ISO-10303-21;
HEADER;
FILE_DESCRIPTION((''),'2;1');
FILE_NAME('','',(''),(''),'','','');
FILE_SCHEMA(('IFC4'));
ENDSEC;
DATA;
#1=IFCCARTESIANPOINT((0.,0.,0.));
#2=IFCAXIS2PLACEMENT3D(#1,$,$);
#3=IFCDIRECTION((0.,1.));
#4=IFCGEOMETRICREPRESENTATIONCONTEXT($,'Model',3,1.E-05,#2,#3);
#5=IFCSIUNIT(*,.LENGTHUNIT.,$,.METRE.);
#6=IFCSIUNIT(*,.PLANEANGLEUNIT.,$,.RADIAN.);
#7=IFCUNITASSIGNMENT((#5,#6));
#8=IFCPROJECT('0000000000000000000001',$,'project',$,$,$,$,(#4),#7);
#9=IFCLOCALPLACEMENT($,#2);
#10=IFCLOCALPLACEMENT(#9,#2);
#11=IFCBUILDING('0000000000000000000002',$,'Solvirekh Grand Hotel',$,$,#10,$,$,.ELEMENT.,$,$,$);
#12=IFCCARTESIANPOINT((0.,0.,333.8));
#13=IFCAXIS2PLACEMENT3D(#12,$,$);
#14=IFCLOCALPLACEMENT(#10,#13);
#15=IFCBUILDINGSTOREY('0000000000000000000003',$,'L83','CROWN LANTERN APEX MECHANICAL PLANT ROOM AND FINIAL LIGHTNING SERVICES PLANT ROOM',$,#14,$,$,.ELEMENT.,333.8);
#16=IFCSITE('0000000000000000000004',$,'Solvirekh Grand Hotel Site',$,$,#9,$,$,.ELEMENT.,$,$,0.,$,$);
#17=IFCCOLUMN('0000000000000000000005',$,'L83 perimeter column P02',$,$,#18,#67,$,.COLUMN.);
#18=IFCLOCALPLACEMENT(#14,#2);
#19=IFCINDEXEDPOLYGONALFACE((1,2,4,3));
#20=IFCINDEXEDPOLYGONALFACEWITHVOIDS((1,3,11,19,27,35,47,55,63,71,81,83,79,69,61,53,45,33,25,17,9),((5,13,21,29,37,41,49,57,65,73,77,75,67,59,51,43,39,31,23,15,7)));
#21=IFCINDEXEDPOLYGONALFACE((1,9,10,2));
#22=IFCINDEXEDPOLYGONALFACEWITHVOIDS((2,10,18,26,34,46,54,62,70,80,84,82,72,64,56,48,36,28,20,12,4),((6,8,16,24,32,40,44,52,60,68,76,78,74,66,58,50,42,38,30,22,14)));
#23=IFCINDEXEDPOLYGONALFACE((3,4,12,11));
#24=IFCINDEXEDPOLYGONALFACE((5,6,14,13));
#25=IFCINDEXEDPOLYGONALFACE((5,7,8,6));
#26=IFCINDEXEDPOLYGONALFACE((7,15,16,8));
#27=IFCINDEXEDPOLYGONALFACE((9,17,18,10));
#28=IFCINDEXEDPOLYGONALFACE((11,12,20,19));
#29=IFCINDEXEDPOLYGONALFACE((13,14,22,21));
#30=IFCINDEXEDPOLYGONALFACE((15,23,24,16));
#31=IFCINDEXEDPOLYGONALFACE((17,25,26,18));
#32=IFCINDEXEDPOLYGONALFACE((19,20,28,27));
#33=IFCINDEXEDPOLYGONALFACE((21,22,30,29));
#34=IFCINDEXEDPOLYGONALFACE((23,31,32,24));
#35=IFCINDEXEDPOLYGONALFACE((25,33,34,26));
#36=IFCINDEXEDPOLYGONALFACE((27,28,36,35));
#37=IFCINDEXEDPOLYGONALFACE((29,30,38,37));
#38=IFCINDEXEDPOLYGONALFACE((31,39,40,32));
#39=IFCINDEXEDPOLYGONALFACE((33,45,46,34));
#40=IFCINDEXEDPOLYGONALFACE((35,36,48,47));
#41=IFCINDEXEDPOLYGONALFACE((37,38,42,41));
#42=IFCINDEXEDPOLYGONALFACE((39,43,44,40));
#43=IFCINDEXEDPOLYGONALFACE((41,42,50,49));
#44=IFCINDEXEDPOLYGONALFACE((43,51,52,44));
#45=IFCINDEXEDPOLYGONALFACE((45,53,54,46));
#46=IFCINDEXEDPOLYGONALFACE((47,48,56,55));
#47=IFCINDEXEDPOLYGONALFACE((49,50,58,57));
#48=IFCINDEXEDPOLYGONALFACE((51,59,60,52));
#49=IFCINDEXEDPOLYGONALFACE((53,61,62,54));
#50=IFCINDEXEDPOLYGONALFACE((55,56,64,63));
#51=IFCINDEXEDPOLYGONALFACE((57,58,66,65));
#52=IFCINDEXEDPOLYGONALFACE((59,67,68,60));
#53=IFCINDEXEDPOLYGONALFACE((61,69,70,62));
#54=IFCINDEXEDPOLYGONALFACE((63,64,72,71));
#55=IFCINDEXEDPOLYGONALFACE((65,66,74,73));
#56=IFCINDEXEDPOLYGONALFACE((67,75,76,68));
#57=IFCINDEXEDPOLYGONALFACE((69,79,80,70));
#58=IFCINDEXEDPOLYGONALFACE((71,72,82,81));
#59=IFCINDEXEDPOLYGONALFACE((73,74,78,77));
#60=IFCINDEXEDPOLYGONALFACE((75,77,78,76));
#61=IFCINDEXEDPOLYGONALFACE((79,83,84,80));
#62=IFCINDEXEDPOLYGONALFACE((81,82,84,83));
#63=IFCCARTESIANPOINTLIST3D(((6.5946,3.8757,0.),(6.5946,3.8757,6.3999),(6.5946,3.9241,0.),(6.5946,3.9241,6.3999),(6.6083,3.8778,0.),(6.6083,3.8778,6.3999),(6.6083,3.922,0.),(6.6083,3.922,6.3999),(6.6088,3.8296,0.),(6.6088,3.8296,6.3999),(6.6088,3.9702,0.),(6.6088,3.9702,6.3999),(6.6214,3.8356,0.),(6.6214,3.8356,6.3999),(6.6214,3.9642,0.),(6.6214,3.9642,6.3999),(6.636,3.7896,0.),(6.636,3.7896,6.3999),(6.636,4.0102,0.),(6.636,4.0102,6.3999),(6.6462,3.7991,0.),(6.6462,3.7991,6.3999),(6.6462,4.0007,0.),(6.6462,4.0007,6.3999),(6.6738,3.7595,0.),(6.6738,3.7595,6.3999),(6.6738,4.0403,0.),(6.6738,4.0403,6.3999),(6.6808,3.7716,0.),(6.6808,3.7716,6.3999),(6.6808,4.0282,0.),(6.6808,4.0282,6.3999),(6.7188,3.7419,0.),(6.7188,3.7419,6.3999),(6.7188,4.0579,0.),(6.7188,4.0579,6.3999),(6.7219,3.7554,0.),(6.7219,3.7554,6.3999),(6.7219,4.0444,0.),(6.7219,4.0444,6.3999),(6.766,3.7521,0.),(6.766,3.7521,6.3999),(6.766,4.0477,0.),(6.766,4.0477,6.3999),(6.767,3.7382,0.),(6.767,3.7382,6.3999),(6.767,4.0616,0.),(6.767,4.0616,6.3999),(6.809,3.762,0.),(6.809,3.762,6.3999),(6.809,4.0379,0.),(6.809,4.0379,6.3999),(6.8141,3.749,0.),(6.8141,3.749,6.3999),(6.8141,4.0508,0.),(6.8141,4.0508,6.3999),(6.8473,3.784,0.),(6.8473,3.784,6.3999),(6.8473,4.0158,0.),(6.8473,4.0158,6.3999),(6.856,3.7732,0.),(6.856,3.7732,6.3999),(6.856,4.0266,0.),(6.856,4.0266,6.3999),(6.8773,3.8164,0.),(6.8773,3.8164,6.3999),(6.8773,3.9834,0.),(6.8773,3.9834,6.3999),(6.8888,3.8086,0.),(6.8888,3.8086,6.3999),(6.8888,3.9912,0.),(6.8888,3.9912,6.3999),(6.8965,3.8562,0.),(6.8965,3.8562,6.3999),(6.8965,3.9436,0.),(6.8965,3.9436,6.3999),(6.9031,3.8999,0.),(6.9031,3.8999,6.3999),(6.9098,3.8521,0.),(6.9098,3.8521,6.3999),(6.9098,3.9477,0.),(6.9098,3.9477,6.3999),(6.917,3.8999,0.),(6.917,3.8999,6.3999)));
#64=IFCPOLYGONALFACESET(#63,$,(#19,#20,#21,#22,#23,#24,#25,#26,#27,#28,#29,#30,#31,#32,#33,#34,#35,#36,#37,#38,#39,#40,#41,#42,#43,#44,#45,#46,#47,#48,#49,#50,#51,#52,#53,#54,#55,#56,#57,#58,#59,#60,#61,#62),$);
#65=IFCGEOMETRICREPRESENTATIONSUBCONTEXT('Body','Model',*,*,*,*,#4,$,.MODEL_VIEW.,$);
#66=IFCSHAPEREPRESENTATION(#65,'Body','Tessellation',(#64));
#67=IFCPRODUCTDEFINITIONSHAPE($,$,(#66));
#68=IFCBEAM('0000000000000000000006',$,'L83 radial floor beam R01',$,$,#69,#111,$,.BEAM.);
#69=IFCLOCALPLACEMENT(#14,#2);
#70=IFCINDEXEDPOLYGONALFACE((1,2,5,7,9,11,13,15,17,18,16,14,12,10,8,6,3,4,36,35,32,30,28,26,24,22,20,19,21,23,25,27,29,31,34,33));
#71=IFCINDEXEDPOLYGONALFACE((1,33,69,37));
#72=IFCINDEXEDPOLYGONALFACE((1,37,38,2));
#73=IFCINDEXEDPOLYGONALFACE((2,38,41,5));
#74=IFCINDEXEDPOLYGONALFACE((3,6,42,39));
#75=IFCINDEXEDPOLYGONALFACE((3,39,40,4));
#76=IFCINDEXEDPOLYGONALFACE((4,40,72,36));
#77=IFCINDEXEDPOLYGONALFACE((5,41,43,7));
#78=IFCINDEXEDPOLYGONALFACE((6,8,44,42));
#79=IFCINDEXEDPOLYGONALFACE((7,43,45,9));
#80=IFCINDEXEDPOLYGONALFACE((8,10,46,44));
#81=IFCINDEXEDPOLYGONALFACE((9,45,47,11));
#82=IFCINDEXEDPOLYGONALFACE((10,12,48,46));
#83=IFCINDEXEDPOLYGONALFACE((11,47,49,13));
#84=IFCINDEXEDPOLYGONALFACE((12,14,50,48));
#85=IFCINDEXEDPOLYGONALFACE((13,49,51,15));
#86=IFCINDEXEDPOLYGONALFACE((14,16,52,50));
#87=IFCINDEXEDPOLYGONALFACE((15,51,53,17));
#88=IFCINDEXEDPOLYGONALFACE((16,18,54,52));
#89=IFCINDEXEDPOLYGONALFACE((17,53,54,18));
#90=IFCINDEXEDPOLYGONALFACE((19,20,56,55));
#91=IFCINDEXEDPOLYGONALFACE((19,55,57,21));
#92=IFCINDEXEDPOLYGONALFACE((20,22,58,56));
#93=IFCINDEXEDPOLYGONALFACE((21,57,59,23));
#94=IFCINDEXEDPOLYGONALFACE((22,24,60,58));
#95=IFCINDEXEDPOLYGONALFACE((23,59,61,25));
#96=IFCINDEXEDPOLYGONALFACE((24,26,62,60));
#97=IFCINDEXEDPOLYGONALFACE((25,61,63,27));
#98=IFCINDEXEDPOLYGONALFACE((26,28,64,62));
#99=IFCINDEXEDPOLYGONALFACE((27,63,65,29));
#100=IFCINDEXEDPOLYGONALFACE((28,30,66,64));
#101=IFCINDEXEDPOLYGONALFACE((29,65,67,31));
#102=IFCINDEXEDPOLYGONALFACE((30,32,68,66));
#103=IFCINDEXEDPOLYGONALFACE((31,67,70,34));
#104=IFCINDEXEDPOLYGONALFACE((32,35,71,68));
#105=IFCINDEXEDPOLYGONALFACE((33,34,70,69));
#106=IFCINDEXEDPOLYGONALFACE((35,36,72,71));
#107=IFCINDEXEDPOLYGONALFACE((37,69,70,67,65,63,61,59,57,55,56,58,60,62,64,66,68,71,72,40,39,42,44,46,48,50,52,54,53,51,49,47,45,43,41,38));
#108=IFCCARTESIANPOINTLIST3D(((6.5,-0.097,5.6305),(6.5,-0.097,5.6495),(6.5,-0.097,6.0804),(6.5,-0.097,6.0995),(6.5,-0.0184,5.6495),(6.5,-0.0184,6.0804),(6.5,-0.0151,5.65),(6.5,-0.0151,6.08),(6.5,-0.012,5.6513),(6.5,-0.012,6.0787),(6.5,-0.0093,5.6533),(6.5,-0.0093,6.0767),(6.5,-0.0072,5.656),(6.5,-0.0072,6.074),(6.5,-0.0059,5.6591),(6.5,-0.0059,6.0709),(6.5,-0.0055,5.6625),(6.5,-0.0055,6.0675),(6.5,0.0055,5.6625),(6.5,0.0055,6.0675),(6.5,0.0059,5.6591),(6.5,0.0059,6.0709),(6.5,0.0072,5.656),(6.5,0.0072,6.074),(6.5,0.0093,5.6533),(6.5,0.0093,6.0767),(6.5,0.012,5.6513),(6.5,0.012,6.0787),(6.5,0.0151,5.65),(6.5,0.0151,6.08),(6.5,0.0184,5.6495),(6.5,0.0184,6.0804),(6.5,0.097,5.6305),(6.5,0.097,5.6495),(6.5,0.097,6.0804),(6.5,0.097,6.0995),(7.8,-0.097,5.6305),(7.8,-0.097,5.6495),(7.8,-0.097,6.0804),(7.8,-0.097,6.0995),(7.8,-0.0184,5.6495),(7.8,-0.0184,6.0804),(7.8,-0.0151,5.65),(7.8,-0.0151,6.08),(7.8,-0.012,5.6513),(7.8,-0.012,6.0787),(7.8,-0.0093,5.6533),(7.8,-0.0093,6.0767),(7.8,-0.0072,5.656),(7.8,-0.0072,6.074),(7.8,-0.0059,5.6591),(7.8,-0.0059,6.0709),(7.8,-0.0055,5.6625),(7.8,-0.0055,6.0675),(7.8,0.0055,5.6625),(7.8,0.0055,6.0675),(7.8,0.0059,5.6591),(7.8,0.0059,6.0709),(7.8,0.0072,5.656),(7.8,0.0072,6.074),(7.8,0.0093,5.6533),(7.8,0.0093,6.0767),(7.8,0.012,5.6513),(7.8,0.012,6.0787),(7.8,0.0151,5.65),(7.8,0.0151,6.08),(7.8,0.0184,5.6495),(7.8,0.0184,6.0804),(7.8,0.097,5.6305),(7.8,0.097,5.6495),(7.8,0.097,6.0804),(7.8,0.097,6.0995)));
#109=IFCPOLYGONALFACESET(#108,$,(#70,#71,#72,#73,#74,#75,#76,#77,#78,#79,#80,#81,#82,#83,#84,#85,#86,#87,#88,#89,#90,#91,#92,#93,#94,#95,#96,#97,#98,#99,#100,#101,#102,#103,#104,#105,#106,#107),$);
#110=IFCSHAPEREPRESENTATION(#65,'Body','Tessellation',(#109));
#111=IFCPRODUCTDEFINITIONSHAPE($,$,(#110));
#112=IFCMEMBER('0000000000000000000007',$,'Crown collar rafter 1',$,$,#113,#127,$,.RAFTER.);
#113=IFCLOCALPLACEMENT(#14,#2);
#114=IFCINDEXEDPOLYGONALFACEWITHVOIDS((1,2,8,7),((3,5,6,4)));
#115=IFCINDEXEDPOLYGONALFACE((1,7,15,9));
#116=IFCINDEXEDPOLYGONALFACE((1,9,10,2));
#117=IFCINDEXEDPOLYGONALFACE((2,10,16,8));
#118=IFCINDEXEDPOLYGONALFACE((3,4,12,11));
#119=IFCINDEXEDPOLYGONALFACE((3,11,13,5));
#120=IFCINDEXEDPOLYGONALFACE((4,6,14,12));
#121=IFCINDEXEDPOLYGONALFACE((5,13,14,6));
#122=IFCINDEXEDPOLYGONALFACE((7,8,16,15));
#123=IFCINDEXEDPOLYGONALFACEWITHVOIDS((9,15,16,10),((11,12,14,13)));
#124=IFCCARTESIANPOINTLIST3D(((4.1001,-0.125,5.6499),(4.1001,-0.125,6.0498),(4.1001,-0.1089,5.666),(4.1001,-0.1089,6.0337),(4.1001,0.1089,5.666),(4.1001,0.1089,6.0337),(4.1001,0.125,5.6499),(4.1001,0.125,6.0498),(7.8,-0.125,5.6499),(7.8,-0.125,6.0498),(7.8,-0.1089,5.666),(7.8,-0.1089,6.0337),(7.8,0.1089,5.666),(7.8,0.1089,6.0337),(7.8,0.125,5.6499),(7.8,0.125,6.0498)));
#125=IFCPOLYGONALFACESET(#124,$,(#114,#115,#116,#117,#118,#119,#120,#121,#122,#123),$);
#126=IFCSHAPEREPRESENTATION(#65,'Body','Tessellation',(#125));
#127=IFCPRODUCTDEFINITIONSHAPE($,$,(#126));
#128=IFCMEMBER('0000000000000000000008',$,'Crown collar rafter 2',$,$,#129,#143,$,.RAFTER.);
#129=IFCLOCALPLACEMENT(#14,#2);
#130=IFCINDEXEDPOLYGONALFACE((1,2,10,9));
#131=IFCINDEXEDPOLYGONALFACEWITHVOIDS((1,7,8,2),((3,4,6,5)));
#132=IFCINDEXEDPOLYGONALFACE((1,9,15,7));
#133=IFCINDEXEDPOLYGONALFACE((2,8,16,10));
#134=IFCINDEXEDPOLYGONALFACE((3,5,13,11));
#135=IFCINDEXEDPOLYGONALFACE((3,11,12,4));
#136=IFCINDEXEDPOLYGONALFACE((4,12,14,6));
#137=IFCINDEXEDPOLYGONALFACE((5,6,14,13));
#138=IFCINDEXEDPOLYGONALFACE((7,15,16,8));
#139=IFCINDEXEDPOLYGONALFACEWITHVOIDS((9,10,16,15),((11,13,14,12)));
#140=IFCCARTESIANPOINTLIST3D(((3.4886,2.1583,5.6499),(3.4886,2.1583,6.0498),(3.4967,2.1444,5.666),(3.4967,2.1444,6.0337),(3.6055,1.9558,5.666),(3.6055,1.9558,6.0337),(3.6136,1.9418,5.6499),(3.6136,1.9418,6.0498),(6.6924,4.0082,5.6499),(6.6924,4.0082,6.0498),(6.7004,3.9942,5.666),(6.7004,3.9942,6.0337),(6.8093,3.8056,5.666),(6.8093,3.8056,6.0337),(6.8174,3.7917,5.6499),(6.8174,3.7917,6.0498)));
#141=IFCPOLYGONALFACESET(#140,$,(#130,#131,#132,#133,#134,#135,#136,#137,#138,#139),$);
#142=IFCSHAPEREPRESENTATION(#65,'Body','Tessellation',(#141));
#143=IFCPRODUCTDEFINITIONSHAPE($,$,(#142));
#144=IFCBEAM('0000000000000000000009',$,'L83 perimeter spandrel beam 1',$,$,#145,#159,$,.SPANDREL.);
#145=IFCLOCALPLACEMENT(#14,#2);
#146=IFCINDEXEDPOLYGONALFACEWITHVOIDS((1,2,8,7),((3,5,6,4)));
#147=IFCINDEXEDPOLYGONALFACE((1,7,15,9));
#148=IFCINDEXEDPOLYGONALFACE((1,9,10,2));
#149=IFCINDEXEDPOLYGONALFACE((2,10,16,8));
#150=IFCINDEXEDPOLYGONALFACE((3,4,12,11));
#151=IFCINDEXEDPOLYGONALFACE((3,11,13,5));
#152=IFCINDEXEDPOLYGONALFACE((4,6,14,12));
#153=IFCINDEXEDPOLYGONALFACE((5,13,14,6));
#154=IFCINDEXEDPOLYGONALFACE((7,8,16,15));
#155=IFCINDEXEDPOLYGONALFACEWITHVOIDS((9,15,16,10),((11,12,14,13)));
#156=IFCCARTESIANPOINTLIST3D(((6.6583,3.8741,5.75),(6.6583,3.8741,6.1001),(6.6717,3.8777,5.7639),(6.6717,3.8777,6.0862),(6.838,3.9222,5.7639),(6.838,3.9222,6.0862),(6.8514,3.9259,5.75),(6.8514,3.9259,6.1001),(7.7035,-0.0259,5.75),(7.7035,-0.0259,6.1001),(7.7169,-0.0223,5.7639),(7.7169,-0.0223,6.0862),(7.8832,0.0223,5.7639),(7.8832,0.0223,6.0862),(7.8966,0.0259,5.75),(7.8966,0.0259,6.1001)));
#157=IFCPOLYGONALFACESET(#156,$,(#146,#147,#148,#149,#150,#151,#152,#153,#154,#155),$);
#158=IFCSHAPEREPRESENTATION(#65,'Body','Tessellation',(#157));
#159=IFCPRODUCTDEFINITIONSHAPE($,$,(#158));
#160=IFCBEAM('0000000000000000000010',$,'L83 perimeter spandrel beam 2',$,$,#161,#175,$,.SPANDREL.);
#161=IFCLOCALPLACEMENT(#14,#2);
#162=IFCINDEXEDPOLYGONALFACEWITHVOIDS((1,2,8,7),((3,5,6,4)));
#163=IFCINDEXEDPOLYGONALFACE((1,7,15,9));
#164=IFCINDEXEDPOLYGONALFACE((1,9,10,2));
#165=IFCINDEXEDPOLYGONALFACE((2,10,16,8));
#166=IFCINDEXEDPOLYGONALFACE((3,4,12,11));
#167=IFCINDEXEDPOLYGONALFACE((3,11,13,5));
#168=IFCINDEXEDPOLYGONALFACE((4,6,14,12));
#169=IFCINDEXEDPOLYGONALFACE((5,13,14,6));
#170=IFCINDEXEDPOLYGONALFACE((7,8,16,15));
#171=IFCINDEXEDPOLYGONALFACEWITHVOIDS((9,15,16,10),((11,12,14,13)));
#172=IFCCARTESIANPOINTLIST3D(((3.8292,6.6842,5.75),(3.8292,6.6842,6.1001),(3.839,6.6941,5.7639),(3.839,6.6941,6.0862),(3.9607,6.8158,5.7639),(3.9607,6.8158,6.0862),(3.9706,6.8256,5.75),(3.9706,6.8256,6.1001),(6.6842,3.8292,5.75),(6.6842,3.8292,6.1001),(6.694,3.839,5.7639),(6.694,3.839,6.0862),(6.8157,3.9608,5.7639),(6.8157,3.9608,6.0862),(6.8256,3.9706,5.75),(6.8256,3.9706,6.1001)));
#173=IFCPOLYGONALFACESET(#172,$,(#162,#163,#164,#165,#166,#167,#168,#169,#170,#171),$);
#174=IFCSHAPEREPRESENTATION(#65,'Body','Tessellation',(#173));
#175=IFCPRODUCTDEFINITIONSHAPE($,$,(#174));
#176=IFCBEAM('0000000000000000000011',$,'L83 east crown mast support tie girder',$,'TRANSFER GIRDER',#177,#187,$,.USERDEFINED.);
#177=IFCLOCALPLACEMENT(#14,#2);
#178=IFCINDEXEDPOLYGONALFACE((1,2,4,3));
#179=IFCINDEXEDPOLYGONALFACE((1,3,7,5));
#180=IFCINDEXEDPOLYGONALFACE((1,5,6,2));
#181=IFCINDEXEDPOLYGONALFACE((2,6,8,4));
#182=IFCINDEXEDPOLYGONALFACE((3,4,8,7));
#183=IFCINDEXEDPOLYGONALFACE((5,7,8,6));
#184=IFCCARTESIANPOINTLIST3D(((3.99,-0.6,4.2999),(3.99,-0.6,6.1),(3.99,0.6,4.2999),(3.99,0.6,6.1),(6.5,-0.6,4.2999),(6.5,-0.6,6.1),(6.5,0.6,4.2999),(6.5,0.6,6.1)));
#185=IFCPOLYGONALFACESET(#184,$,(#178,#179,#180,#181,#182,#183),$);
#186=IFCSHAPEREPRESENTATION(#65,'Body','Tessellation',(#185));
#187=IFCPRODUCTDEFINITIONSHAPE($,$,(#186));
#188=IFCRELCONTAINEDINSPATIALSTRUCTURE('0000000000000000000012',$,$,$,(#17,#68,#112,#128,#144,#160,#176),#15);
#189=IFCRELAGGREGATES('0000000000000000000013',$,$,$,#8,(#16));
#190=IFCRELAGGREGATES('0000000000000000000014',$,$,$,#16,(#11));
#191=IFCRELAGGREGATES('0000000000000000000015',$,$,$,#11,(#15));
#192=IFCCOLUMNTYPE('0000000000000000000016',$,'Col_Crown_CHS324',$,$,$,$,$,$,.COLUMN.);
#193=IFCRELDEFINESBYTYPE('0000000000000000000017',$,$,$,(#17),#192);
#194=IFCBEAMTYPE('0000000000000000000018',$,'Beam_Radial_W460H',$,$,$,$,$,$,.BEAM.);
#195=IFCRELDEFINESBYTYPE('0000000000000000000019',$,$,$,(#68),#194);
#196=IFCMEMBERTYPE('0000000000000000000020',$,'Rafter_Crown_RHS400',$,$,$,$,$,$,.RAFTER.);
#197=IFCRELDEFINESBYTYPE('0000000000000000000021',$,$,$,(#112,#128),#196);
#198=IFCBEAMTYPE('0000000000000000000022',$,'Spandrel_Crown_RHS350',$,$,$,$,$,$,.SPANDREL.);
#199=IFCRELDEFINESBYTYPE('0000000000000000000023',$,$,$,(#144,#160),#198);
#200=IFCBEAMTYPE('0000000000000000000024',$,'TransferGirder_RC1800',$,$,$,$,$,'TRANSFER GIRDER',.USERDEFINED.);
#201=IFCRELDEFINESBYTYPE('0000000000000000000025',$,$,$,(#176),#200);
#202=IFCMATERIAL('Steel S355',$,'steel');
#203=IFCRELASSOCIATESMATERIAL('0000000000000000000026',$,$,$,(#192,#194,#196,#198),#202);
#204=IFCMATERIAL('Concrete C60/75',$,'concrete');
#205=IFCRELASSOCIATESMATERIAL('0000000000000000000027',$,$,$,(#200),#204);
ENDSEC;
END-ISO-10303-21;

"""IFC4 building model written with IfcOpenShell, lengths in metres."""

from ifc_helpers import new_model, si_unit, direction, frame, origin, origin_2d, place, context, subcontext, project, spatial, rectangle, hollow_rectangle, hollow_circle, i_section, extrude, material, material_profile, profile_set, type_object, element, save


model = new_model("IFC4")

# Units and contexts
model_context = context("Model", 3, precision=1e-05, world=origin(), true_north=direction((0.0, 1.0)))
body_context = subcontext(model_context, "Body", "Model", "MODEL_VIEW")
ifc_project = project(units=[si_unit("LENGTHUNIT", "METRE"), si_unit("PLANEANGLEUNIT", "RADIAN")], contexts=[model_context])

# Site, building, storey
site_placement = place(None, origin())
site = spatial("IfcSite", under=ifc_project, at=site_placement, Name="Solvirekh Grand Hotel Site", CompositionType="ELEMENT", RefElevation=0.0)
building_placement = place(site_placement, origin())
building = spatial("IfcBuilding", under=site, at=building_placement, Name="Solvirekh Grand Hotel", CompositionType="ELEMENT")
storey_placement = place(building_placement, frame((0.0, 0.0, 333.8)))
storey = spatial("IfcBuildingStorey", under=building, at=storey_placement, Name="L83", Description="CROWN LANTERN APEX MECHANICAL PLANT ROOM AND FINIAL LIGHTNING SERVICES PLANT ROOM", CompositionType="ELEMENT", Elevation=333.8)

# Column
ifc_material_1 = material(Name="Steel S355", Category="steel")
ifc_material_profile_1 = material_profile(ifc_material_1, hollow_circle(Radius=0.1621, WallThickness=0.0139, at=origin_2d()), Name="CHS 324X14")
ifc_profile_set_1 = profile_set([ifc_material_profile_1], Name="Steel S355")
column_type = type_object("IfcColumnType", Name="Col_Crown_CHS324", PredefinedType="COLUMN", material=ifc_profile_set_1)
column_placement = place(storey_placement, frame((6.7549, 3.8999, 0.0), z_axis=(0.0, 0.0, 1.0), x_axis=(1.0, 0.0, 0.0)))
element("IfcColumn", 1, at=column_placement, inside=storey, type_object=column_type, Name="L83 perimeter column P02", PredefinedType="COLUMN", context=body_context, shape_type="SweptSolid", body=[
    extrude(hollow_circle(Radius=0.1621, WallThickness=0.0139, at=origin_2d()), origin(), (0.0, 0.0, 1.0), 6.3999),
])

# Beam
ifc_material_profile_2 = material_profile(ifc_material_1, i_section(OverallWidth=0.1941, OverallDepth=0.469, WebThickness=0.011, FlangeThickness=0.019, FilletRadius=0.0129, at=origin_2d()), Name="W460X106")
ifc_profile_set_2 = profile_set([ifc_material_profile_2], Name="Steel S355")
beam_type_1 = type_object("IfcBeamType", Name="Beam_Radial_W460H", PredefinedType="BEAM", material=ifc_profile_set_2)
beam_1_placement = place(storey_placement, frame((6.5, 0.0, 5.865), z_axis=(1.0, 0.0, 0.0), x_axis=(0.0, 1.0, 0.0)))
element("IfcBeam", 2, at=beam_1_placement, inside=storey, type_object=beam_type_1, Name="L83 radial floor beam R01", PredefinedType="BEAM", context=body_context, shape_type="SweptSolid", body=[
    extrude(i_section(OverallWidth=0.1941, OverallDepth=0.469, WebThickness=0.011, FlangeThickness=0.019, FilletRadius=0.0129, at=origin_2d()), origin(), (0.0, 0.0, 1.0), 1.3),
])

# Members
ifc_material_profile_3 = material_profile(ifc_material_1, hollow_rectangle(XDim=0.25, YDim=0.3999, WallThickness=0.0161, at=origin_2d()), Name="RHS 400X250X16")
ifc_profile_set_3 = profile_set([ifc_material_profile_3], Name="Steel S355")
member_type_1 = type_object("IfcMemberType", Name="Rafter_Crown_RHS400", PredefinedType="RAFTER", material=ifc_profile_set_3)
member_1_placement = place(storey_placement, frame((7.8, 0.0, 5.8499), z_axis=(-1.0, 0.0, 0.0), x_axis=(0.0, -1.0, 0.0)))
element("IfcMember", 3, at=member_1_placement, inside=storey, type_object=member_type_1, Name="Crown collar rafter 1", PredefinedType="RAFTER", context=body_context, shape_type="SweptSolid", body=[
    extrude(hollow_rectangle(XDim=0.25, YDim=0.3999, WallThickness=0.0161, at=origin_2d()), origin(), (0.0, 0.0, 1.0), 3.7),
])
member_2_placement = place(storey_placement, frame((6.7549, 3.8999, 5.8499), z_axis=(-0.866013, -0.500021, 0.0), x_axis=(0.500021, -0.866013, 0.0)))
element("IfcMember", 4, at=member_2_placement, inside=storey, type_object=member_type_1, Name="Crown collar rafter 2", PredefinedType="RAFTER", context=body_context, shape_type="SweptSolid", body=[
    extrude(hollow_rectangle(XDim=0.25, YDim=0.3999, WallThickness=0.0161, at=origin_2d()), origin(), (0.0, 0.0, 1.0), 3.6995),
])

# Beams
ifc_material_profile_4 = material_profile(ifc_material_1, hollow_rectangle(XDim=0.2, YDim=0.3501, WallThickness=0.0139, at=origin_2d()), Name="RHS 350X200X14")
ifc_profile_set_4 = profile_set([ifc_material_profile_4], Name="Steel S355")
beam_type_2 = type_object("IfcBeamType", Name="Spandrel_Crown_RHS350", PredefinedType="SPANDREL", material=ifc_profile_set_4)
for number, where, z_axis, x_axis, name in (
    (5, (7.8, 0.0, 5.925), (-0.258863, 0.965914, 0.0), (-0.965914, -0.258863, 0.0), "L83 perimeter spandrel beam 1"),
    (6, (6.7549, 3.8999, 5.925), (-0.707107, 0.707107, 0.0), (-0.707107, -0.707107, 0.0), "L83 perimeter spandrel beam 2"),
):
    element("IfcBeam", number, at=place(storey_placement, frame(where, z_axis=z_axis, x_axis=x_axis)), inside=storey, type_object=beam_type_2, Name=name, PredefinedType="SPANDREL", context=body_context, shape_type="SweptSolid", body=[
        extrude(hollow_rectangle(XDim=0.2, YDim=0.3501, WallThickness=0.0139, at=origin_2d()), origin(), (0.0, 0.0, 1.0), 4.0376),
    ])
ifc_material_2 = material(Name="Concrete C60/75", Category="concrete")
ifc_material_profile_5 = material_profile(ifc_material_2, rectangle(XDim=1.2, YDim=1.8, at=origin_2d()), Name="RC GIRDER 1200X1800")
ifc_profile_set_5 = profile_set([ifc_material_profile_5], Name="Concrete C60/75")
beam_type_3 = type_object("IfcBeamType", Name="TransferGirder_RC1800", ElementType="TRANSFER GIRDER", PredefinedType="USERDEFINED", material=ifc_profile_set_5)
beam_2_placement = place(storey_placement, frame((3.99, 0.0, 5.2), z_axis=(1.0, 0.0, 0.0), x_axis=(0.0, 1.0, 0.0)))
element("IfcBeam", 7, at=beam_2_placement, inside=storey, type_object=beam_type_3, Name="L83 east crown mast support tie girder", ObjectType="TRANSFER GIRDER", PredefinedType="USERDEFINED", context=body_context, shape_type="SweptSolid", body=[
    extrude(rectangle(XDim=1.2, YDim=1.8, at=origin_2d()), origin(), (0.0, 0.0, 1.0), 2.51),
])

save(model, "model.ifc")
